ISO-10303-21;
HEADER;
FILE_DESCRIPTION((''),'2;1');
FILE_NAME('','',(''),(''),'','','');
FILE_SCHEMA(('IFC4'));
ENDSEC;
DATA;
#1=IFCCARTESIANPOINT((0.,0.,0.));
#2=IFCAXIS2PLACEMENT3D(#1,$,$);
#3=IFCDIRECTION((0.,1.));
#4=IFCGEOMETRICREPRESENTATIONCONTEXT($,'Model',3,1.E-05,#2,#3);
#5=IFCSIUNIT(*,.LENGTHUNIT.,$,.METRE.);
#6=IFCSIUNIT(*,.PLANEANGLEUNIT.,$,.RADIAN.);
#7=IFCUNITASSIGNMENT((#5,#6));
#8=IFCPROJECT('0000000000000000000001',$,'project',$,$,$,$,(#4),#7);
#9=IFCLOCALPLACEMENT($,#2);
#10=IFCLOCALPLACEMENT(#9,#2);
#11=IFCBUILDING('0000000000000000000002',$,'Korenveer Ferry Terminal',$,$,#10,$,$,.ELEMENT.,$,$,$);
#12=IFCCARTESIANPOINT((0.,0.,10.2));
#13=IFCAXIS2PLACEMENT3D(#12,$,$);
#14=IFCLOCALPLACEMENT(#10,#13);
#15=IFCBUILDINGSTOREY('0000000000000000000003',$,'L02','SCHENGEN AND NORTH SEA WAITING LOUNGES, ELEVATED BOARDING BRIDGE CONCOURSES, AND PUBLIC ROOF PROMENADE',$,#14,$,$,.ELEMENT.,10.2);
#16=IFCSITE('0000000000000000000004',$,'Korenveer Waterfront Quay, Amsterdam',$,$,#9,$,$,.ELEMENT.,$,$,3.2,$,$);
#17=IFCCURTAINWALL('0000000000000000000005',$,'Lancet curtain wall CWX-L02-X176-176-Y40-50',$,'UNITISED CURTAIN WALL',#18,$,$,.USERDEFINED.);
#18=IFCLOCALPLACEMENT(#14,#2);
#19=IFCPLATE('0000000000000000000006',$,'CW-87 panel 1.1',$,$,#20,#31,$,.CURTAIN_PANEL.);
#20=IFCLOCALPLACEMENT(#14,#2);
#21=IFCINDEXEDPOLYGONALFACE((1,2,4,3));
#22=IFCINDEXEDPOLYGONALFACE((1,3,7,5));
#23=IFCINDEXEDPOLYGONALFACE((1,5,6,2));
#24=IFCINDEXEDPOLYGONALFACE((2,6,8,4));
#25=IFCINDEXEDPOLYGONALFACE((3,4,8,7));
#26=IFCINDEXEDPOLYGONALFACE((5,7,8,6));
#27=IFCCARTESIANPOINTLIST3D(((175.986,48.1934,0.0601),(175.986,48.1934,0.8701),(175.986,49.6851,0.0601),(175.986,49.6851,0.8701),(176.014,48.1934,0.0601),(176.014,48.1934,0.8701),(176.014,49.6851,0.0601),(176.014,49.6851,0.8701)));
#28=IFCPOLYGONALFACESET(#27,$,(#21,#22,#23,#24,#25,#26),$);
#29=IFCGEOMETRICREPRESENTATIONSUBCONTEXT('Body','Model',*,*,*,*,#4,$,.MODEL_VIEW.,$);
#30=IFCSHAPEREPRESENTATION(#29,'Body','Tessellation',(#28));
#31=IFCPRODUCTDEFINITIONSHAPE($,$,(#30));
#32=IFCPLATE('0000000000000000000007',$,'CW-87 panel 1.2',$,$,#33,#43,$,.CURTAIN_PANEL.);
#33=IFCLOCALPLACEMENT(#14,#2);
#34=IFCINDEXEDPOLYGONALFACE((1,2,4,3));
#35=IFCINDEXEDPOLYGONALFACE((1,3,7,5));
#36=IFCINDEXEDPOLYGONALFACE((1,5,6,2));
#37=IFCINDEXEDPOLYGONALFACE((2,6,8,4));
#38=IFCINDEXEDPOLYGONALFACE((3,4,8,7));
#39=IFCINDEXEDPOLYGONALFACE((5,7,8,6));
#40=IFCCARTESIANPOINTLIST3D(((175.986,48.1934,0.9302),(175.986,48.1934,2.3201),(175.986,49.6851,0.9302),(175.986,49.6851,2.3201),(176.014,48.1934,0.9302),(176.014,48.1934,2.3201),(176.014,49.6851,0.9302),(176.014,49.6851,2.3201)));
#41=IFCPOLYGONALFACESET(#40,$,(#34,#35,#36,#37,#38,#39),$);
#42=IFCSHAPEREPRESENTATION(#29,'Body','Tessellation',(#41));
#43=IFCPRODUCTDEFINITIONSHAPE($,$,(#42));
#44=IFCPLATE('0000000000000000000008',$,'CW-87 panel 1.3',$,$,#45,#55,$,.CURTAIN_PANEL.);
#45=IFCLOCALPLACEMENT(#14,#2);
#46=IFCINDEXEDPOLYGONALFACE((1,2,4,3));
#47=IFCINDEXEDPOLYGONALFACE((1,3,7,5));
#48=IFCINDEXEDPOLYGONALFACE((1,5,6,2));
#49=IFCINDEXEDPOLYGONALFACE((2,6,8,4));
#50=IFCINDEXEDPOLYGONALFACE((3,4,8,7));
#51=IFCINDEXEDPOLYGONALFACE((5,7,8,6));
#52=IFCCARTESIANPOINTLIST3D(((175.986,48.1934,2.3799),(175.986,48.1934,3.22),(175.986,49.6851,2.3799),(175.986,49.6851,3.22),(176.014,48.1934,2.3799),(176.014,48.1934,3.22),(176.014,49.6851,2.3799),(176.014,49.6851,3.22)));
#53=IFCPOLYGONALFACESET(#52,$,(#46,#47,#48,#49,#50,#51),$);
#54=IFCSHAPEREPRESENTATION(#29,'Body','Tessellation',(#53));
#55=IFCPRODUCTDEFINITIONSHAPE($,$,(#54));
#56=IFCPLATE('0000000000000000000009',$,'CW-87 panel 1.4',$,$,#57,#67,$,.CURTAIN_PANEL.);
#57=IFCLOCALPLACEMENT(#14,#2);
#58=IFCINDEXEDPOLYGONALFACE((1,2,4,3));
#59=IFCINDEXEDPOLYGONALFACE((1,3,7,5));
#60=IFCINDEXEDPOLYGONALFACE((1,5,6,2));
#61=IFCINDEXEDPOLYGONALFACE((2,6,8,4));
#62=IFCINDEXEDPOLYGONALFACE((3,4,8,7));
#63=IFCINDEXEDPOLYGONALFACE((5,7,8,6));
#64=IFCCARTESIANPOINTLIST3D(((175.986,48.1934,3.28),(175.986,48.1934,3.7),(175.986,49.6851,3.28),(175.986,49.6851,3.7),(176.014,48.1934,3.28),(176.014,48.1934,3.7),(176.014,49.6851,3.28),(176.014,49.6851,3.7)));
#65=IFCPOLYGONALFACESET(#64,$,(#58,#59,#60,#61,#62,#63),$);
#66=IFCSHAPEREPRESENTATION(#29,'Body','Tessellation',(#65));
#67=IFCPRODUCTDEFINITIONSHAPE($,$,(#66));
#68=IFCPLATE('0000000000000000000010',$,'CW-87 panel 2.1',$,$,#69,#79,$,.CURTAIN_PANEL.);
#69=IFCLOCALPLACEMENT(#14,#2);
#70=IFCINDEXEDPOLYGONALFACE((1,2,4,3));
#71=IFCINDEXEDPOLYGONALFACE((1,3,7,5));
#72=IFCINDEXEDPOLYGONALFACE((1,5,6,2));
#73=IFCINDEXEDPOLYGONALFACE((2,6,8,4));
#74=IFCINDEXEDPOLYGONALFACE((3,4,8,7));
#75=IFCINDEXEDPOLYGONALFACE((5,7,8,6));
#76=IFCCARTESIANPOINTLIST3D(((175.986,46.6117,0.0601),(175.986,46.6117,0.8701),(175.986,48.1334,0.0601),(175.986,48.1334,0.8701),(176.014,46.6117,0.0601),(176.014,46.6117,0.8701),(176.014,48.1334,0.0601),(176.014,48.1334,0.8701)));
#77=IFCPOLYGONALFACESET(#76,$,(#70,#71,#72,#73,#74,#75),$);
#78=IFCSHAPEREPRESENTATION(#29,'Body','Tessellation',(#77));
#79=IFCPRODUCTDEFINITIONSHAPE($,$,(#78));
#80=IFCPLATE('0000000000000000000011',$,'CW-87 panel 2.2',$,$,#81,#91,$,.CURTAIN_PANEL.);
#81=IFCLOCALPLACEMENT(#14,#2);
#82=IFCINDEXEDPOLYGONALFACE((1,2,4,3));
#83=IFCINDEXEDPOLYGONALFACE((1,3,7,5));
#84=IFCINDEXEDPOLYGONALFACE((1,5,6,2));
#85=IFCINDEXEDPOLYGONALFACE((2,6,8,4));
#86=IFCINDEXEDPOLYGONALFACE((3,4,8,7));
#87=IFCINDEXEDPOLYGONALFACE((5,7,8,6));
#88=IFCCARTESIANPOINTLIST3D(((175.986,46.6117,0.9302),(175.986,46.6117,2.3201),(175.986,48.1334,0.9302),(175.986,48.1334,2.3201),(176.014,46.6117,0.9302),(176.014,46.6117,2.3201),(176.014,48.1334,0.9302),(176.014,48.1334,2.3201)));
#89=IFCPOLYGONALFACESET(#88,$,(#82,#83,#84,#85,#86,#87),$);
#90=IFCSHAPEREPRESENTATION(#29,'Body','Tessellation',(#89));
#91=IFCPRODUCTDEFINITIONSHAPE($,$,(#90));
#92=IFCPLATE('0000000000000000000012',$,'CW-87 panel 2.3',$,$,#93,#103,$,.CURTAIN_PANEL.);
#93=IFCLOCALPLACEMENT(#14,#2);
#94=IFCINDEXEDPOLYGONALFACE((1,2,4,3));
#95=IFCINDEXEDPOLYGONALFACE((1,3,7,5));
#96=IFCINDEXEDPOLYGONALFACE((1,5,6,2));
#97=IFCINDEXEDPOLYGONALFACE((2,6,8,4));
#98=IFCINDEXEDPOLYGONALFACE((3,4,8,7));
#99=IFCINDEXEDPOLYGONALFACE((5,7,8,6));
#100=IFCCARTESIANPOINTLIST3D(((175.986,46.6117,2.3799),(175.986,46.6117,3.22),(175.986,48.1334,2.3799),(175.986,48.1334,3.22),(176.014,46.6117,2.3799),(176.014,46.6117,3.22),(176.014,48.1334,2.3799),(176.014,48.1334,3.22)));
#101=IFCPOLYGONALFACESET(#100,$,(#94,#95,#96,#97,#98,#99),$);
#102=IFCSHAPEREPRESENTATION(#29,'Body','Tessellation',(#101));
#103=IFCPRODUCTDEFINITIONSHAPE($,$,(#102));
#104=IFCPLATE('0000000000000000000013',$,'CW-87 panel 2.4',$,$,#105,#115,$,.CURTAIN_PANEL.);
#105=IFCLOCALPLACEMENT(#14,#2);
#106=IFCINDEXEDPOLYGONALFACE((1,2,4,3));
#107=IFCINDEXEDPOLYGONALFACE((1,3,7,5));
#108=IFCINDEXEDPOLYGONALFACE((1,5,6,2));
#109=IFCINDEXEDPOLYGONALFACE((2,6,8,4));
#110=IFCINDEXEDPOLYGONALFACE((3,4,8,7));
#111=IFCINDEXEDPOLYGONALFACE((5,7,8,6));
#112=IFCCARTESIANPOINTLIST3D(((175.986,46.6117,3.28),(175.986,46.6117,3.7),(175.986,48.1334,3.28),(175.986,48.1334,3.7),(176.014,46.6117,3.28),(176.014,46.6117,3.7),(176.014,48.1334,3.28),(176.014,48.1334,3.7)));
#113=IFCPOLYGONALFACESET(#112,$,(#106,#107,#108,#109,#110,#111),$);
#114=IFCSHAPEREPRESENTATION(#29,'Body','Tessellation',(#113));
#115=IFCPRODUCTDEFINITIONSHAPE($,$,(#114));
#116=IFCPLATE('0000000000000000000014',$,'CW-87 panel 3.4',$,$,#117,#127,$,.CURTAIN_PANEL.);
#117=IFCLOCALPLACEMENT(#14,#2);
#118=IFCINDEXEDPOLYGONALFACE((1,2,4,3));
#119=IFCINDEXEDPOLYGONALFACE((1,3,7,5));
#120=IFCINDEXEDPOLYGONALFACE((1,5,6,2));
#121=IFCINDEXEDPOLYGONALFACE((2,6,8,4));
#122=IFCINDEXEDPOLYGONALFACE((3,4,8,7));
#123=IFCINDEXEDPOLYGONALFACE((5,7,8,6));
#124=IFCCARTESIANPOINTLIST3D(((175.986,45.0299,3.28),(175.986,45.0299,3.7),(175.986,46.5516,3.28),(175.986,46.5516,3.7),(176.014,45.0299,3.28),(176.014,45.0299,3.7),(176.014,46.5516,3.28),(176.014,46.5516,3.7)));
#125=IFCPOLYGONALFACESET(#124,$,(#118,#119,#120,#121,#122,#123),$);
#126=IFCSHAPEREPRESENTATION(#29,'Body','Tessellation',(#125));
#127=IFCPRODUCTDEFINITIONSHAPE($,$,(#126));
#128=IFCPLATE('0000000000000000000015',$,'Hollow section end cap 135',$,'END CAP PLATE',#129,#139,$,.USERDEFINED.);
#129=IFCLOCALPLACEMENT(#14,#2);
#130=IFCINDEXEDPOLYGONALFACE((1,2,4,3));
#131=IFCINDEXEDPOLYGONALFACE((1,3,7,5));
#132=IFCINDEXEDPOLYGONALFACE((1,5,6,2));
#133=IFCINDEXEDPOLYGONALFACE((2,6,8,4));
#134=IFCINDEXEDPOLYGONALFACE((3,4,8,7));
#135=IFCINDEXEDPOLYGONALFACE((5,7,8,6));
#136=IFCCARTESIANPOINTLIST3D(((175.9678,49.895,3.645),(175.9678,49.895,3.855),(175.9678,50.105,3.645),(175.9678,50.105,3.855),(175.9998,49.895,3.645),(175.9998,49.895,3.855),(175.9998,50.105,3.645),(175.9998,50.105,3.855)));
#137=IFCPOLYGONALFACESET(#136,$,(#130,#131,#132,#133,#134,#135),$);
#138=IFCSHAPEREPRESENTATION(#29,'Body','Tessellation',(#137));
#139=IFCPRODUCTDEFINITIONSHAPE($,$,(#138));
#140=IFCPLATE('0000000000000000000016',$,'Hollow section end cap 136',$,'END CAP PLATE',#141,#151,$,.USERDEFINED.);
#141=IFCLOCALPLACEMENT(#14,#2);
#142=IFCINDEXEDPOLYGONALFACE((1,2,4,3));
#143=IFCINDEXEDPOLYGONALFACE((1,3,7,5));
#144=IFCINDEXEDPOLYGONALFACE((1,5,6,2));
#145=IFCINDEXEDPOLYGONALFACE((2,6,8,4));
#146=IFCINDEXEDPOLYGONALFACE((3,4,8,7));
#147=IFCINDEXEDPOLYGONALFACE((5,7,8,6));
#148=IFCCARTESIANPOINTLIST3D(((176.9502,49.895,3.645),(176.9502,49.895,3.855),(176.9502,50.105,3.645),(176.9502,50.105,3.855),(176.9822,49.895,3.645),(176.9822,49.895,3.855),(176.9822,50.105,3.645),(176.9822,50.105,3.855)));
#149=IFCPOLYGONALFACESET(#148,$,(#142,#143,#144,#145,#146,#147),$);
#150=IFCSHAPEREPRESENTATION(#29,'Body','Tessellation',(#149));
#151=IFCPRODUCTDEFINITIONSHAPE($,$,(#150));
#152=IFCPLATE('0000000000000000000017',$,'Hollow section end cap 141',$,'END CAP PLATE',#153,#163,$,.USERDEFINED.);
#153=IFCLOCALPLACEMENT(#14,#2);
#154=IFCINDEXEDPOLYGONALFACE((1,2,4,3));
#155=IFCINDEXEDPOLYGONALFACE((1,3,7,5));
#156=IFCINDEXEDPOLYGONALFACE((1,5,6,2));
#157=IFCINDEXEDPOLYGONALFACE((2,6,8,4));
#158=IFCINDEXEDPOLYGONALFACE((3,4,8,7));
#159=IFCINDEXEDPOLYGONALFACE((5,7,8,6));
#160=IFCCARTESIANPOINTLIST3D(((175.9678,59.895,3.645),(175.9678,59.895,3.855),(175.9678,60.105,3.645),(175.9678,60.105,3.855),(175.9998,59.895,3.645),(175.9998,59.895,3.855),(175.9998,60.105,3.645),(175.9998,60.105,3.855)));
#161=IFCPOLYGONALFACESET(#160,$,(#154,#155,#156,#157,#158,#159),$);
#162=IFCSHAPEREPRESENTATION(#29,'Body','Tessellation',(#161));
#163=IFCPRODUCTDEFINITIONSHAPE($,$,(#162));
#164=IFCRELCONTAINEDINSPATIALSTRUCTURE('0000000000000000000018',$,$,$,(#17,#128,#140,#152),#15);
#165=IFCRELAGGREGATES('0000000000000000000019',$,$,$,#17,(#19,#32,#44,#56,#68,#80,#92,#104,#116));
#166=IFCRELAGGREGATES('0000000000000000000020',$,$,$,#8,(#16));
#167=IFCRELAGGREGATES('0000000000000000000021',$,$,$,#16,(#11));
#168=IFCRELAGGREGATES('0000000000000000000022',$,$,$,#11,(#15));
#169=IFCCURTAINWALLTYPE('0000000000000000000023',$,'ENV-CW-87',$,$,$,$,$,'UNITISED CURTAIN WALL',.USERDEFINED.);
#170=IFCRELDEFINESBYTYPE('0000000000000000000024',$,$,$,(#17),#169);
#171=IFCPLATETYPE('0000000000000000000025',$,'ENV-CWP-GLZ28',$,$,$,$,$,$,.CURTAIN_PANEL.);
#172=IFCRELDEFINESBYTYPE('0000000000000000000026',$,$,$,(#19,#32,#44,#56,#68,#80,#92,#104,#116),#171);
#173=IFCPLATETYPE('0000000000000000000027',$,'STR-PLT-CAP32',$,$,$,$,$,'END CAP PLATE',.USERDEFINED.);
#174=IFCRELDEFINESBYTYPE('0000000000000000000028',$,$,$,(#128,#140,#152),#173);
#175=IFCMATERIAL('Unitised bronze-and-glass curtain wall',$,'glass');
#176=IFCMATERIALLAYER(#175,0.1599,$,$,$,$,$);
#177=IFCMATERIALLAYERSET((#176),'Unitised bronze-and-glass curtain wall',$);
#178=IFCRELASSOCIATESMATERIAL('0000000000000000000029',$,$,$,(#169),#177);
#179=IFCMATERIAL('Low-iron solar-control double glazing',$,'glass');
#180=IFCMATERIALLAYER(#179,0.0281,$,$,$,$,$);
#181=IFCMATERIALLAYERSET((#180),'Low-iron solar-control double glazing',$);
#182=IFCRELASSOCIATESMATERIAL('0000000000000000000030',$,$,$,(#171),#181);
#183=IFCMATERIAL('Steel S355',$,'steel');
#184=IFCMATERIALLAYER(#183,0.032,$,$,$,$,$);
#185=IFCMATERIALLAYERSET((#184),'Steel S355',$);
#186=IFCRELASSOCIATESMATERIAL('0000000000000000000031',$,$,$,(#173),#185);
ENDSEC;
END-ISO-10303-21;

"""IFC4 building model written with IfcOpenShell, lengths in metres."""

from ifc_helpers import new_model, si_unit, direction, frame, origin, origin_2d, place, context, subcontext, project, spatial, rectangle, extrude, material, layer, layer_set, type_object, element, aggregate, save


model = new_model("IFC4")

# Units and contexts
model_context = context("Model", 3, precision=1e-05, world=origin(), true_north=direction((0.0, 1.0)))
body_context = subcontext(model_context, "Body", "Model", "MODEL_VIEW")
ifc_project = project(units=[si_unit("LENGTHUNIT", "METRE"), si_unit("PLANEANGLEUNIT", "RADIAN")], contexts=[model_context])

# Site, building, storey
site_placement = place(None, origin())
site = spatial("IfcSite", under=ifc_project, at=site_placement, Name="Korenveer Waterfront Quay, Amsterdam", CompositionType="ELEMENT", RefElevation=3.2)
building_placement = place(site_placement, origin())
building = spatial("IfcBuilding", under=site, at=building_placement, Name="Korenveer Ferry Terminal", CompositionType="ELEMENT")
storey_placement = place(building_placement, frame((0.0, 0.0, 10.2)))
storey = spatial("IfcBuildingStorey", under=building, at=storey_placement, Name="L02", Description="SCHENGEN AND NORTH SEA WAITING LOUNGES, ELEVATED BOARDING BRIDGE CONCOURSES, AND PUBLIC ROOF PROMENADE", CompositionType="ELEMENT", Elevation=10.2)

# Shared definitions
ifc_material_1 = material(Name="Steel S355", Category="steel")

# Curtain wall
ifc_material_2 = material(Name="Unitised bronze-and-glass curtain wall", Category="glass")
ifc_layer_1 = layer(ifc_material_2, 0.1599)
ifc_layer_set_1 = layer_set([ifc_layer_1], Name="Unitised bronze-and-glass curtain wall")
curtain_wall_type = type_object("IfcCurtainWallType", Name="ENV-CW-87", ElementType="UNITISED CURTAIN WALL", PredefinedType="USERDEFINED", material=ifc_layer_set_1)
curtain_wall_placement = place(storey_placement, frame((176.0, 49.7451, 0.0)))
curtain_wall = element("IfcCurtainWall", 1, at=curtain_wall_placement, inside=storey, type_object=curtain_wall_type, Name="Lancet curtain wall CWX-L02-X176-176-Y40-50", ObjectType="UNITISED CURTAIN WALL", PredefinedType="USERDEFINED")

# Plates
ifc_material_3 = material(Name="Low-iron solar-control double glazing", Category="glass")
ifc_layer_2 = layer(ifc_material_3, 0.0281)
ifc_layer_set_2 = layer_set([ifc_layer_2], Name="Low-iron solar-control double glazing")
plate_type_1 = type_object("IfcPlateType", Name="ENV-CWP-GLZ28", PredefinedType="CURTAIN_PANEL", material=ifc_layer_set_2)
plate_1_placement = place(storey_placement, frame((176.0, 48.9392, 0.0601), z_axis=(0.0, 0.0, 1.0), x_axis=(0.0, -1.0, 0.0)))
plate_1 = element("IfcPlate", 2, at=plate_1_placement, type_object=plate_type_1, Name="CW-87 panel 1.1", PredefinedType="CURTAIN_PANEL", context=body_context, shape_type="SweptSolid", body=[
    extrude(rectangle(XDim=1.4917, YDim=0.0281, at=origin_2d()), origin(), (0.0, 0.0, 1.0), 0.8101),
])
plate_2_placement = place(storey_placement, frame((176.0, 48.9392, 0.9302), z_axis=(0.0, 0.0, 1.0), x_axis=(0.0, -1.0, 0.0)))
plate_2 = element("IfcPlate", 3, at=plate_2_placement, type_object=plate_type_1, Name="CW-87 panel 1.2", PredefinedType="CURTAIN_PANEL", context=body_context, shape_type="SweptSolid", body=[
    extrude(rectangle(XDim=1.4917, YDim=0.0281, at=origin_2d()), origin(), (0.0, 0.0, 1.0), 1.3899),
])
plate_3_placement = place(storey_placement, frame((176.0, 48.9392, 2.3799), z_axis=(0.0, 0.0, 1.0), x_axis=(0.0, -1.0, 0.0)))
plate_3 = element("IfcPlate", 4, at=plate_3_placement, type_object=plate_type_1, Name="CW-87 panel 1.3", PredefinedType="CURTAIN_PANEL", context=body_context, shape_type="SweptSolid", body=[
    extrude(rectangle(XDim=1.4917, YDim=0.0281, at=origin_2d()), origin(), (0.0, 0.0, 1.0), 0.8401),
])
plate_4_placement = place(storey_placement, frame((176.0, 48.9392, 3.28), z_axis=(0.0, 0.0, 1.0), x_axis=(0.0, -1.0, 0.0)))
plate_4 = element("IfcPlate", 5, at=plate_4_placement, type_object=plate_type_1, Name="CW-87 panel 1.4", PredefinedType="CURTAIN_PANEL", context=body_context, shape_type="SweptSolid", body=[
    extrude(rectangle(XDim=1.4917, YDim=0.0281, at=origin_2d()), origin(), (0.0, 0.0, 1.0), 0.4199),
])
plate_5_placement = place(storey_placement, frame((176.0, 47.3726, 0.0601), z_axis=(0.0, 0.0, 1.0), x_axis=(0.0, -1.0, 0.0)))
plate_5 = element("IfcPlate", 6, at=plate_5_placement, type_object=plate_type_1, Name="CW-87 panel 2.1", PredefinedType="CURTAIN_PANEL", context=body_context, shape_type="SweptSolid", body=[
    extrude(rectangle(XDim=1.5217, YDim=0.0281, at=origin_2d()), origin(), (0.0, 0.0, 1.0), 0.8101),
])
plate_6_placement = place(storey_placement, frame((176.0, 47.3726, 0.9302), z_axis=(0.0, 0.0, 1.0), x_axis=(0.0, -1.0, 0.0)))
plate_6 = element("IfcPlate", 7, at=plate_6_placement, type_object=plate_type_1, Name="CW-87 panel 2.2", PredefinedType="CURTAIN_PANEL", context=body_context, shape_type="SweptSolid", body=[
    extrude(rectangle(XDim=1.5217, YDim=0.0281, at=origin_2d()), origin(), (0.0, 0.0, 1.0), 1.3899),
])
plate_7_placement = place(storey_placement, frame((176.0, 47.3726, 2.3799), z_axis=(0.0, 0.0, 1.0), x_axis=(0.0, -1.0, 0.0)))
plate_7 = element("IfcPlate", 8, at=plate_7_placement, type_object=plate_type_1, Name="CW-87 panel 2.3", PredefinedType="CURTAIN_PANEL", context=body_context, shape_type="SweptSolid", body=[
    extrude(rectangle(XDim=1.5217, YDim=0.0281, at=origin_2d()), origin(), (0.0, 0.0, 1.0), 0.8401),
])
plate_8_placement = place(storey_placement, frame((176.0, 47.3726, 3.28), z_axis=(0.0, 0.0, 1.0), x_axis=(0.0, -1.0, 0.0)))
plate_8 = element("IfcPlate", 9, at=plate_8_placement, type_object=plate_type_1, Name="CW-87 panel 2.4", PredefinedType="CURTAIN_PANEL", context=body_context, shape_type="SweptSolid", body=[
    extrude(rectangle(XDim=1.5217, YDim=0.0281, at=origin_2d()), origin(), (0.0, 0.0, 1.0), 0.4199),
])
plate_9_placement = place(storey_placement, frame((176.0, 45.7908, 3.28), z_axis=(0.0, 0.0, 1.0), x_axis=(0.0, -1.0, 0.0)))
plate_9 = element("IfcPlate", 10, at=plate_9_placement, type_object=plate_type_1, Name="CW-87 panel 3.4", PredefinedType="CURTAIN_PANEL", context=body_context, shape_type="SweptSolid", body=[
    extrude(rectangle(XDim=1.5217, YDim=0.0281, at=origin_2d()), origin(), (0.0, 0.0, 1.0), 0.4199),
])
aggregate(curtain_wall, [plate_1, plate_2, plate_3, plate_4, plate_5, plate_6, plate_7, plate_8, plate_9])

# Plates
ifc_layer_3 = layer(ifc_material_1, 0.032)
ifc_layer_set_3 = layer_set([ifc_layer_3], Name="Steel S355")
plate_type_2 = type_object("IfcPlateType", Name="STR-PLT-CAP32", ElementType="END CAP PLATE", PredefinedType="USERDEFINED", material=ifc_layer_set_3)
for number, where, z_axis, x_axis, name in (
    (11, (175.9678, 50.0, 3.75), (1.0, 0.0, 0.0), (0.0, 1.0, 0.0), "Hollow section end cap 135"),
    (12, (176.9502, 50.0, 3.75), (1.0, 0.0, 0.0), (0.0, 1.0, 0.0), "Hollow section end cap 136"),
    (13, (175.9678, 60.0, 3.75), (1.0, 0.0, 0.0), (0.0, 1.0, 0.0), "Hollow section end cap 141"),
):
    element("IfcPlate", number, at=place(storey_placement, frame(where, z_axis=z_axis, x_axis=x_axis)), inside=storey, type_object=plate_type_2, Name=name, ObjectType="END CAP PLATE", PredefinedType="USERDEFINED", context=body_context, shape_type="SweptSolid", body=[
        extrude(rectangle(XDim=0.21, YDim=0.21, at=origin_2d()), origin(), (0.0, 0.0, 1.0), 0.032),
    ])

save(model, "model.ifc")
